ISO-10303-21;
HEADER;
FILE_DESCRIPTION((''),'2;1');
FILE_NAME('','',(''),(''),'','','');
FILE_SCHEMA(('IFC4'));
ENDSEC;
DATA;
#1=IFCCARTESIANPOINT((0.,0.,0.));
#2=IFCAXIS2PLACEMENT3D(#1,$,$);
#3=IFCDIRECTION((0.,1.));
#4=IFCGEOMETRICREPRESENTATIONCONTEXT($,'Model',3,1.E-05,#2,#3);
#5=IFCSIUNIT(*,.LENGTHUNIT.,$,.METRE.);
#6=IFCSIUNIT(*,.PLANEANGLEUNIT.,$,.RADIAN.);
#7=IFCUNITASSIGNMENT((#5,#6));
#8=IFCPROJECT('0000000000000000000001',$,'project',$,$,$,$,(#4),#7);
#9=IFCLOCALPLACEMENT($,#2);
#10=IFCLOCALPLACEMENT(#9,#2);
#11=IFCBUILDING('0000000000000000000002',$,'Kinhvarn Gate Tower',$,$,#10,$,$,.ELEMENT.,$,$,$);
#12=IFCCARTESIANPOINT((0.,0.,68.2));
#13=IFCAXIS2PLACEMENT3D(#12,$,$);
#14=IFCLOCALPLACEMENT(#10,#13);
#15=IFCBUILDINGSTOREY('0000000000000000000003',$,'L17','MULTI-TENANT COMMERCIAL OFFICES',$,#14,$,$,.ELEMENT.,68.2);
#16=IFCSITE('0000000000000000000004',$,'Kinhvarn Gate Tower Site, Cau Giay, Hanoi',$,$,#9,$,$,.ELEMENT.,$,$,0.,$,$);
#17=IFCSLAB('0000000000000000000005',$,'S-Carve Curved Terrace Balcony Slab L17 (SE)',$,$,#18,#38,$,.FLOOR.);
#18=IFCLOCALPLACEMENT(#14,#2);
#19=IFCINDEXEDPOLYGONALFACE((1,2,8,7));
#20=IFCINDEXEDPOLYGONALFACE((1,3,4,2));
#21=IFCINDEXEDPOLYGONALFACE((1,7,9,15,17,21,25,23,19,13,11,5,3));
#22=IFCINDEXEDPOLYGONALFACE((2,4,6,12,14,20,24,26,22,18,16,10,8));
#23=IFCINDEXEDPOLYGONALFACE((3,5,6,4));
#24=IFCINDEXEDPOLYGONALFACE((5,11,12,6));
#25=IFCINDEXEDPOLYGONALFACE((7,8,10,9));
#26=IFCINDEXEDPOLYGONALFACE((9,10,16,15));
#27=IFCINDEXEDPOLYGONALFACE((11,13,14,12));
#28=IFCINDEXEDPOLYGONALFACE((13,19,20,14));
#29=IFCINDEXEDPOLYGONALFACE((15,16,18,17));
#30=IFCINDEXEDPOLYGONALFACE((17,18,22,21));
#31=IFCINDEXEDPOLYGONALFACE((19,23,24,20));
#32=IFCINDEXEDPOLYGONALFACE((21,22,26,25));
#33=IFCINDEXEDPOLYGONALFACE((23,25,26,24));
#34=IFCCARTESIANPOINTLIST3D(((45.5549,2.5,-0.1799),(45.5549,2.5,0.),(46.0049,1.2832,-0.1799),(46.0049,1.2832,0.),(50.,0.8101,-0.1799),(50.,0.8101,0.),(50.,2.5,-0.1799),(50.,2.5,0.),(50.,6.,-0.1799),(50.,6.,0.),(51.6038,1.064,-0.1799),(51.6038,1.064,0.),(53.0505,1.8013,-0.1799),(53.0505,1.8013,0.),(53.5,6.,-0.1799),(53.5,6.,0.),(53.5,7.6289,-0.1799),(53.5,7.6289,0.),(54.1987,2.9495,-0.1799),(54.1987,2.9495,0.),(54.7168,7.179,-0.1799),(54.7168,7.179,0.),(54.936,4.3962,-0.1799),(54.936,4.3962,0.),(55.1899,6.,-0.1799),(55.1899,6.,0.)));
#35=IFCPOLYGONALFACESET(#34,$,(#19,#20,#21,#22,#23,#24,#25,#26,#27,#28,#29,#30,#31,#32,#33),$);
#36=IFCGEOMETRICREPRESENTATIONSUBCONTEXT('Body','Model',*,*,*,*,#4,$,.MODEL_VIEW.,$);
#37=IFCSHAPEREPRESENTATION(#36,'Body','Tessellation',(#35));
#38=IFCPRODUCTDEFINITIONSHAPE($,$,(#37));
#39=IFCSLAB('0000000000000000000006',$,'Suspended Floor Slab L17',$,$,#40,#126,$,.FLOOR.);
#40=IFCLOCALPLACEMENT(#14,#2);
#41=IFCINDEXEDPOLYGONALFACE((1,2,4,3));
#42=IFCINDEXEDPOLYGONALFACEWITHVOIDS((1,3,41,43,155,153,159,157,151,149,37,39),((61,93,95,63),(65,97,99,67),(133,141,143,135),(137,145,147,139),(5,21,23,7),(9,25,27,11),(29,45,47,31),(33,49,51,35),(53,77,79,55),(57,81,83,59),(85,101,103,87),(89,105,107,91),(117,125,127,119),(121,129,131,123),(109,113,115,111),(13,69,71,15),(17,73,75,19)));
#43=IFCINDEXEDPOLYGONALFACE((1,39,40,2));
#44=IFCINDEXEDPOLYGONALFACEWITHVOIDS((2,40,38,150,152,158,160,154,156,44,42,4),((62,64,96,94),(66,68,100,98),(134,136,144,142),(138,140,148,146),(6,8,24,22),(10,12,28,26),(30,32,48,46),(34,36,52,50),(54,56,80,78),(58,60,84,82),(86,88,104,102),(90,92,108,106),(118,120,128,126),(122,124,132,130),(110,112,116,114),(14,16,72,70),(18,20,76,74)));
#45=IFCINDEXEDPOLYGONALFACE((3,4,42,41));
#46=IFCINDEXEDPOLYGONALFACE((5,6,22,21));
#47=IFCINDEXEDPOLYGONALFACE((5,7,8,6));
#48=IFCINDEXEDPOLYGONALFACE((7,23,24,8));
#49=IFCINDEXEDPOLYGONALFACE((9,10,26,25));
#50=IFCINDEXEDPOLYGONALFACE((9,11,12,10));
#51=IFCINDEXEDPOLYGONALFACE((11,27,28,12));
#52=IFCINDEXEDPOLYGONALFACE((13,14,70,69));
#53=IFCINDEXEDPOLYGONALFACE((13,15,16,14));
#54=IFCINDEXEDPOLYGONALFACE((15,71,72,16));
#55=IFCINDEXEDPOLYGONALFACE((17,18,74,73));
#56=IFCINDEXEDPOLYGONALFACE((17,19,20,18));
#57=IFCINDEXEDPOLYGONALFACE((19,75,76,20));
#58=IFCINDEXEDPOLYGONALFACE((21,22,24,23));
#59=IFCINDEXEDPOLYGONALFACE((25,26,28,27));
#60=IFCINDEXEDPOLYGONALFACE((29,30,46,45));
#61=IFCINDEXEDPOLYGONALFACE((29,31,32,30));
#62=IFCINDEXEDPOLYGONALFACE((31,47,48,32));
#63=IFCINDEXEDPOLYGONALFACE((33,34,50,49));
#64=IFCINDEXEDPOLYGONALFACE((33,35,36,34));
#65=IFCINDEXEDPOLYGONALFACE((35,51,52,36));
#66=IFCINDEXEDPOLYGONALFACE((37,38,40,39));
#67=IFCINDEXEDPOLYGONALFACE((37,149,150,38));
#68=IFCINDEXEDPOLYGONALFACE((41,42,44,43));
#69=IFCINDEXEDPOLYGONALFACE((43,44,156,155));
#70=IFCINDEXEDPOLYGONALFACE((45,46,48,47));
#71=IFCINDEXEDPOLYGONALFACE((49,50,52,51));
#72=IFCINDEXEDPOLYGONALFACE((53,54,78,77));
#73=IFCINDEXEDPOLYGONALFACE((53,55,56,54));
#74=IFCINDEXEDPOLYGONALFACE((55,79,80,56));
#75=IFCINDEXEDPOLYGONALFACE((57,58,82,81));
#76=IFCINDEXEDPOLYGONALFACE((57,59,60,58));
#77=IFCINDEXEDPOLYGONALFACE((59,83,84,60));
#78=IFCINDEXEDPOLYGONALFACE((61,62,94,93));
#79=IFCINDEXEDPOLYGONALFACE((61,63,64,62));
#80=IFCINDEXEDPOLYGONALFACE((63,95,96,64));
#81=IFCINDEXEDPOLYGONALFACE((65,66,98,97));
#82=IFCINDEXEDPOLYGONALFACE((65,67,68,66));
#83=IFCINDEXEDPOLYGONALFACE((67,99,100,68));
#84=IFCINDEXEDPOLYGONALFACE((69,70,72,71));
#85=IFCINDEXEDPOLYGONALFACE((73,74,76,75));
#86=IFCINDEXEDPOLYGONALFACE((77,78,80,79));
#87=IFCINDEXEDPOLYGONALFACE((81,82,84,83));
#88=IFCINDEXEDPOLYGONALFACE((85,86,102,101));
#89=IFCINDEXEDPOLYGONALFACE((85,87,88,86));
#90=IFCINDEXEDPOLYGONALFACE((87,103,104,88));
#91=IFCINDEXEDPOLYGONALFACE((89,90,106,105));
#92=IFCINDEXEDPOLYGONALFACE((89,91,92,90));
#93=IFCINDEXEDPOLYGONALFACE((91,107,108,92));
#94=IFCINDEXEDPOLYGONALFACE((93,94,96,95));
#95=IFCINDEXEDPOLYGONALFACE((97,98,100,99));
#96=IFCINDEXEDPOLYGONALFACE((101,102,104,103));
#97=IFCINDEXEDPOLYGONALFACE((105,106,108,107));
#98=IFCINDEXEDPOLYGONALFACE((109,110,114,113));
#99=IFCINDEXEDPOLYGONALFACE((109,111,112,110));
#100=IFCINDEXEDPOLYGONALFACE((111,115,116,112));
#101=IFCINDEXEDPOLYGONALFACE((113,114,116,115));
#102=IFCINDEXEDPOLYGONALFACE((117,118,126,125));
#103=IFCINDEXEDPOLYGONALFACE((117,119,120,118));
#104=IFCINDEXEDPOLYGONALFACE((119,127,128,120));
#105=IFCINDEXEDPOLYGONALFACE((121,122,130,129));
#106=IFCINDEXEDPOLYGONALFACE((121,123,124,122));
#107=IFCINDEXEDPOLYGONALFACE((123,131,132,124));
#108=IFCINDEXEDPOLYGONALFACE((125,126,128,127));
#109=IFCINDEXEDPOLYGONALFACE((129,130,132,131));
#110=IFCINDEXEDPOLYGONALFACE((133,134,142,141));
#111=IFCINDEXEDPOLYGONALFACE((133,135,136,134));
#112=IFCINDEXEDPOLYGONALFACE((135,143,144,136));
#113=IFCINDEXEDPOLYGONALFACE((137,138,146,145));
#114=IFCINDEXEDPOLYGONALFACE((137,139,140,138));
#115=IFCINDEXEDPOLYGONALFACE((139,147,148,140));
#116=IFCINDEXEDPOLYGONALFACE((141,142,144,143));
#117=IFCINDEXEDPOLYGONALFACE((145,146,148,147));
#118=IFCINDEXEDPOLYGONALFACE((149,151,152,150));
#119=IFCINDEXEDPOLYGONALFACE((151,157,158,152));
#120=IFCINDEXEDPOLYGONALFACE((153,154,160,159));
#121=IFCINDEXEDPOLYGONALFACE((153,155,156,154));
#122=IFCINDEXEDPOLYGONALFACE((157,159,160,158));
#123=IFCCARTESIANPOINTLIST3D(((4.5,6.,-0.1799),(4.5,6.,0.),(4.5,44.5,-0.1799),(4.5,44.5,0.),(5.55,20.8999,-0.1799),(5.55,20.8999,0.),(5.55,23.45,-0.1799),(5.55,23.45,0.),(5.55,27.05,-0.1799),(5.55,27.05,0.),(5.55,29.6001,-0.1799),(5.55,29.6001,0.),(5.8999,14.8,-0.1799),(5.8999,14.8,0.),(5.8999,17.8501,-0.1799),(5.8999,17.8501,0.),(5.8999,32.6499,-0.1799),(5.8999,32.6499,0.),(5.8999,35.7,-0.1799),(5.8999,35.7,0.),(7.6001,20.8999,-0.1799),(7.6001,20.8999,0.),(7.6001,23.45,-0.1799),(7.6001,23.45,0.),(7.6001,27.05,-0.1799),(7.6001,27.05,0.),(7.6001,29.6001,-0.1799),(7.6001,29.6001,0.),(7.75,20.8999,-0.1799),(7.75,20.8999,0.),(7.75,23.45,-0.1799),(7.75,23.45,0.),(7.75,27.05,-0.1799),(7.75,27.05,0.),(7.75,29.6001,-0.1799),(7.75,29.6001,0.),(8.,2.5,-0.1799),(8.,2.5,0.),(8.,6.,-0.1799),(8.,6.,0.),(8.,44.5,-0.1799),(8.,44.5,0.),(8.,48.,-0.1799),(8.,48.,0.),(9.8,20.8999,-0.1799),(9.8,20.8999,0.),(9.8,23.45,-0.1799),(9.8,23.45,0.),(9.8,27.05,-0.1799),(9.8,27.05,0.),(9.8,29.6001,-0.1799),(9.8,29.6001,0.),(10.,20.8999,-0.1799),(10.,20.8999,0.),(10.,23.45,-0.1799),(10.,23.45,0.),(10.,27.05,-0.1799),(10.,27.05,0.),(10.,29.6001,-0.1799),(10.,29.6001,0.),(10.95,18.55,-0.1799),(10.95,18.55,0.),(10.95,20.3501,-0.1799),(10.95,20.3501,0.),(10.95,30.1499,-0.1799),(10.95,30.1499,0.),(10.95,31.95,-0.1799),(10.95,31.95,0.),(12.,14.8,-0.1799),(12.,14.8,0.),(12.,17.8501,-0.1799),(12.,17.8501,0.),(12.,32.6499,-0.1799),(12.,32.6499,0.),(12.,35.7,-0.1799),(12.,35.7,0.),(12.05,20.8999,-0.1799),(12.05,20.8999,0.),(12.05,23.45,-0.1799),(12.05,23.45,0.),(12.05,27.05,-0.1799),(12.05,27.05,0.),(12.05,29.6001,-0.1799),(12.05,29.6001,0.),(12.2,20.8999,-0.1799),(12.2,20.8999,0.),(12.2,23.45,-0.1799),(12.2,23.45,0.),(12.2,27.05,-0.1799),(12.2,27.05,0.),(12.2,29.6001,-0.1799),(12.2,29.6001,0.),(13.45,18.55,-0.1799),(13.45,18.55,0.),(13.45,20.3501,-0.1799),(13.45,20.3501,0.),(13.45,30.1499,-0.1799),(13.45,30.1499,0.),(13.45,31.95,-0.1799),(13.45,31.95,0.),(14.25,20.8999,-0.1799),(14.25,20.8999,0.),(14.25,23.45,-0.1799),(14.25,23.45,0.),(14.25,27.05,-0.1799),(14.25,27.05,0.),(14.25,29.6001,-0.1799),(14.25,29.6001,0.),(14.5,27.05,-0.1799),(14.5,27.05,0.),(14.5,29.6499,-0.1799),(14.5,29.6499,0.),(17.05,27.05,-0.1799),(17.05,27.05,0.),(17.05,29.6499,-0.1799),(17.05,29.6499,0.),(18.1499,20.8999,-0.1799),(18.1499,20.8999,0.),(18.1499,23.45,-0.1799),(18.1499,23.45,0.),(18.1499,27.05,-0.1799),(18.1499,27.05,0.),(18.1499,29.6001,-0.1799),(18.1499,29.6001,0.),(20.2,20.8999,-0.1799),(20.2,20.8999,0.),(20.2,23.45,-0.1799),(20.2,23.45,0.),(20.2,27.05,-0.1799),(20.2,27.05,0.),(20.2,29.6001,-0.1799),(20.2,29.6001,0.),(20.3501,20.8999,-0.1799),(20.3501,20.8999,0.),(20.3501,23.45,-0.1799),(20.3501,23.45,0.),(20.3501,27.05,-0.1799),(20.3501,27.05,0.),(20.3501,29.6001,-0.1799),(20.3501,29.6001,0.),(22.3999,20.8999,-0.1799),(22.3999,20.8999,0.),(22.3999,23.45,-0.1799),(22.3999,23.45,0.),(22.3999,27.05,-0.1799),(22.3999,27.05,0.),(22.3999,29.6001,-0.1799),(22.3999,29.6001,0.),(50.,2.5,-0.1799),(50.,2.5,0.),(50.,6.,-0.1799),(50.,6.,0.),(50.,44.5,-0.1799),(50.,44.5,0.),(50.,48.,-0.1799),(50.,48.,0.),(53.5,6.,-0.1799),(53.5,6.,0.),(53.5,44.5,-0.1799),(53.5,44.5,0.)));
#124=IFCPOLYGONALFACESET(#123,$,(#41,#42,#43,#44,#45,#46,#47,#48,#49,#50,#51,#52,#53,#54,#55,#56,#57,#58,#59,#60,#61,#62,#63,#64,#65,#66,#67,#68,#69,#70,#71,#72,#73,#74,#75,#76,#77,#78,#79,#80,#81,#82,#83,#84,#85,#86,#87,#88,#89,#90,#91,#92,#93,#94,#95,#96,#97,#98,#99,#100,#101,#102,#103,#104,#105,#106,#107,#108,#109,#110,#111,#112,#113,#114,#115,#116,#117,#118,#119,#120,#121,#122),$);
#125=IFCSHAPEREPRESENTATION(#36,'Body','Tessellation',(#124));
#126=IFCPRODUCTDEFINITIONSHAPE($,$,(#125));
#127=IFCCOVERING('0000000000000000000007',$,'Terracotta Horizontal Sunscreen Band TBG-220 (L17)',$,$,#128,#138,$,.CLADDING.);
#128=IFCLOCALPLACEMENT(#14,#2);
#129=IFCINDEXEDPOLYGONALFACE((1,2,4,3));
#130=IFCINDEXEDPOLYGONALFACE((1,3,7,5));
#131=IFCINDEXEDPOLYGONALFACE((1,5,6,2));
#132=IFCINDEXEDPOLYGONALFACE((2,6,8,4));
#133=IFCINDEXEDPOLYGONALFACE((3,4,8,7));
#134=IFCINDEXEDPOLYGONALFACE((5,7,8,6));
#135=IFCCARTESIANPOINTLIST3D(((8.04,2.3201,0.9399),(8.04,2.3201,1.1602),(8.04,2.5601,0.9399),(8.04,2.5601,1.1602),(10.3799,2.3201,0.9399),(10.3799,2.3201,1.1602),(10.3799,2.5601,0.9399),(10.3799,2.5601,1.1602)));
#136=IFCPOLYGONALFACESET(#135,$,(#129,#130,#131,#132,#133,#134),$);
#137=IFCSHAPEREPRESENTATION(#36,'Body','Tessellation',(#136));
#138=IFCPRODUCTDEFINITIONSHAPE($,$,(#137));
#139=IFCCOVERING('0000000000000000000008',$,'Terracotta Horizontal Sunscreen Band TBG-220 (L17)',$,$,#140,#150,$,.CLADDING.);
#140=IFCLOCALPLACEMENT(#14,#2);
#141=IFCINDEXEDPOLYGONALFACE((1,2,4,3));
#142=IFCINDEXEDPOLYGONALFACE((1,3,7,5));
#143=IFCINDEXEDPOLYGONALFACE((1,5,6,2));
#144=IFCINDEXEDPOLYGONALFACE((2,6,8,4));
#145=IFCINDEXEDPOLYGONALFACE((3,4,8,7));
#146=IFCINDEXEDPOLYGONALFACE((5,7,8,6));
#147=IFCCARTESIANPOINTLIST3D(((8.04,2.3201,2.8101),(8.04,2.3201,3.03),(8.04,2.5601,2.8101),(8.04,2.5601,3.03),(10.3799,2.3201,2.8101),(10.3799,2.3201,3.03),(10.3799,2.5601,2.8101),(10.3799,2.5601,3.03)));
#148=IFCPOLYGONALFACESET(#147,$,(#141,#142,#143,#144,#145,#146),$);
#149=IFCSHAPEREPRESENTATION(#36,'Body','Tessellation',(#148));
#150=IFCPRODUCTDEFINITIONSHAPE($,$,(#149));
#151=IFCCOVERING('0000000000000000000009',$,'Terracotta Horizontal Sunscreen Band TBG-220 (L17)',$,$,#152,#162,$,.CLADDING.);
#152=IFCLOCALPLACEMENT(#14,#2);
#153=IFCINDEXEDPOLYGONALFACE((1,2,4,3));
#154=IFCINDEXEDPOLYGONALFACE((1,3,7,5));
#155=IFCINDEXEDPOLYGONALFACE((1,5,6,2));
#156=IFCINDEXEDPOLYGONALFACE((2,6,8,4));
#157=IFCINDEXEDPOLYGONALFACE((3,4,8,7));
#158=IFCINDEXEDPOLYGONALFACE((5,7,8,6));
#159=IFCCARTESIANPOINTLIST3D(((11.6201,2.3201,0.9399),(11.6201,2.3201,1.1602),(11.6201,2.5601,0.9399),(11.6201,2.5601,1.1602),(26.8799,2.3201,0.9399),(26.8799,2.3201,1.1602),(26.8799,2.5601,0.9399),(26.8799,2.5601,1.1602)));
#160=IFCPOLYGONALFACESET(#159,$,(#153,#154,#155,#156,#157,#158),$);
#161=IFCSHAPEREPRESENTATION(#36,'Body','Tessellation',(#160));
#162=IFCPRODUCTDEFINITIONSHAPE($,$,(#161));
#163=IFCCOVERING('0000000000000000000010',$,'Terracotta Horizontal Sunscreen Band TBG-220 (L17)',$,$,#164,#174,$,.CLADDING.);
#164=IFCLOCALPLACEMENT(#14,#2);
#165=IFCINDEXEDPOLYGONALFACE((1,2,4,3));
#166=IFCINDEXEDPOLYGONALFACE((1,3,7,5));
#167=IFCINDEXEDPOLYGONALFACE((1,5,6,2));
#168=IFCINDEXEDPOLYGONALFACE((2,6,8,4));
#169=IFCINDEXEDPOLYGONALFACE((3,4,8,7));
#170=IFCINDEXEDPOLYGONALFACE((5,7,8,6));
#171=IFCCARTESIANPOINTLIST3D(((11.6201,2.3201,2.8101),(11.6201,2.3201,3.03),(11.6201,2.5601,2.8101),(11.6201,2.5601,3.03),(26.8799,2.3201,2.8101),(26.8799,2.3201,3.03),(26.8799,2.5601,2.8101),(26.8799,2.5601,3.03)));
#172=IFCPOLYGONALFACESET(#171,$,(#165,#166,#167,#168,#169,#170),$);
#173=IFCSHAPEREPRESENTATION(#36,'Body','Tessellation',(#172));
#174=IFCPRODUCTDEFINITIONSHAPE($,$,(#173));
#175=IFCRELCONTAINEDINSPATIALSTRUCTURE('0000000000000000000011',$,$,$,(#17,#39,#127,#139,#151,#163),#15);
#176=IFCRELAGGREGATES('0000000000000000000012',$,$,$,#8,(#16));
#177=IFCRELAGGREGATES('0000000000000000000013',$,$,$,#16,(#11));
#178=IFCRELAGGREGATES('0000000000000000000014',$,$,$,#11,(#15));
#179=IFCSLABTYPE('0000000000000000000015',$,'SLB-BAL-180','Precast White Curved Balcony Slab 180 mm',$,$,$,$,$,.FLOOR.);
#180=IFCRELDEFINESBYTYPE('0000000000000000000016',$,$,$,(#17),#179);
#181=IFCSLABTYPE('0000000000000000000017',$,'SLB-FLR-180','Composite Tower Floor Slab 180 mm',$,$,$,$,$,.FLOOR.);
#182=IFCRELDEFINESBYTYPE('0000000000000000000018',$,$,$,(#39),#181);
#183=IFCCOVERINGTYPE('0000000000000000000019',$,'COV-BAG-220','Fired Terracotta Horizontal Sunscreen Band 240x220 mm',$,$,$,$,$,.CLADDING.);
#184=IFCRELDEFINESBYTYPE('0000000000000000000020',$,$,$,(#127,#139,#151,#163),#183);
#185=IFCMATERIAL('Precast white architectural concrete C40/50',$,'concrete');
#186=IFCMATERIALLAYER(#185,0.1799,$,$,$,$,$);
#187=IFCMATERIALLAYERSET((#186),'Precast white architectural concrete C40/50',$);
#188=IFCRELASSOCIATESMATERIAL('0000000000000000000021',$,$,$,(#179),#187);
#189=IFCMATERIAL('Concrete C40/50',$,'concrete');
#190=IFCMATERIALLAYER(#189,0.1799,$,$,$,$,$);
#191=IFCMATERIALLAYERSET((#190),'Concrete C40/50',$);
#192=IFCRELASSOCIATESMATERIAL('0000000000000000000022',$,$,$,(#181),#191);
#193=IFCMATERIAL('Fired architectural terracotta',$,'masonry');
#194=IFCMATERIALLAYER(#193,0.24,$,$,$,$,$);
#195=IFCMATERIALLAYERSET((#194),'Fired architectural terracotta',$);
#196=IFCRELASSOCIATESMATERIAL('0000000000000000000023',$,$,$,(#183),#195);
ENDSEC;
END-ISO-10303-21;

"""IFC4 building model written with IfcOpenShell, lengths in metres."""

from ifc_helpers import new_model, si_unit, direction, frame, origin, place, context, subcontext, project, spatial, polyline, outline, extrude, material, layer, layer_set, type_object, element, save


model = new_model("IFC4")

# Units and contexts
model_context = context("Model", 3, precision=1e-05, world=origin(), true_north=direction((0.0, 1.0)))
body_context = subcontext(model_context, "Body", "Model", "MODEL_VIEW")
ifc_project = project(units=[si_unit("LENGTHUNIT", "METRE"), si_unit("PLANEANGLEUNIT", "RADIAN")], contexts=[model_context])

# Site, building, storey
site_placement = place(None, origin())
site = spatial("IfcSite", under=ifc_project, at=site_placement, Name="Kinhvarn Gate Tower Site, Cau Giay, Hanoi", CompositionType="ELEMENT", RefElevation=0.0)
building_placement = place(site_placement, origin())
building = spatial("IfcBuilding", under=site, at=building_placement, Name="Kinhvarn Gate Tower", CompositionType="ELEMENT")
storey_placement = place(building_placement, frame((0.0, 0.0, 68.2)))
storey = spatial("IfcBuildingStorey", under=building, at=storey_placement, Name="L17", Description="MULTI-TENANT COMMERCIAL OFFICES", CompositionType="ELEMENT", Elevation=68.2)

# Slabs
ifc_material_1 = material(Name="Precast white architectural concrete C40/50", Category="concrete")
ifc_layer_1 = layer(ifc_material_1, 0.1799)
ifc_layer_set_1 = layer_set([ifc_layer_1], Name="Precast white architectural concrete C40/50")
slab_type_1 = type_object("IfcSlabType", Name="SLB-BAL-180", Description="Precast White Curved Balcony Slab 180 mm", PredefinedType="FLOOR", material=ifc_layer_set_1)
slab_1_placement = place(storey_placement, frame((0.0, 0.0, -0.1799)))
element("IfcSlab", 1, at=slab_1_placement, inside=storey, type_object=slab_type_1, Name="S-Carve Curved Terrace Balcony Slab L17 (SE)", PredefinedType="FLOOR", context=body_context, shape_type="SweptSolid", body=[
    extrude(outline(polyline([(45.5549, 2.5), (46.0049, 1.2832), (50.0, 0.8101), (51.6038, 1.064), (53.0505, 1.8013), (54.1987, 2.9495), (54.936, 4.3962), (55.1899, 6.0), (54.7168, 7.179), (53.5, 7.6289), (53.5, 6.0), (50.0, 6.0), (50.0, 2.5), (45.5549, 2.5)])), origin(), (0.0, 0.0, 1.0), 0.1799),
])
ifc_material_2 = material(Name="Concrete C40/50", Category="concrete")
ifc_layer_2 = layer(ifc_material_2, 0.1799)
ifc_layer_set_2 = layer_set([ifc_layer_2], Name="Concrete C40/50")
slab_type_2 = type_object("IfcSlabType", Name="SLB-FLR-180", Description="Composite Tower Floor Slab 180 mm", PredefinedType="FLOOR", material=ifc_layer_set_2)
slab_2_placement = place(storey_placement, frame((0.0, 0.0, -0.1799)))
element("IfcSlab", 2, at=slab_2_placement, inside=storey, type_object=slab_type_2, Name="Suspended Floor Slab L17", PredefinedType="FLOOR", context=body_context, shape_type="SweptSolid", body=[
    extrude(outline(polyline([(8.0, 2.5), (50.0, 2.5), (50.0, 6.0), (53.5, 6.0), (53.5, 44.5), (50.0, 44.5), (50.0, 48.0), (8.0, 48.0), (8.0, 44.5), (4.5, 44.5), (4.5, 6.0), (8.0, 6.0), (8.0, 2.5)]), holes=[polyline([(5.8999, 14.8), (12.0, 14.8), (12.0, 17.8501), (5.8999, 17.8501), (5.8999, 14.8)]), polyline([(5.8999, 32.6499), (12.0, 32.6499), (12.0, 35.7), (5.8999, 35.7), (5.8999, 32.6499)]), polyline([(18.1499, 20.8999), (20.2, 20.8999), (20.2, 23.45), (18.1499, 23.45), (18.1499, 20.8999)]), polyline([(20.3501, 20.8999), (22.3999, 20.8999), (22.3999, 23.45), (20.3501, 23.45), (20.3501, 20.8999)]), polyline([(18.1499, 27.05), (20.2, 27.05), (20.2, 29.6001), (18.1499, 29.6001), (18.1499, 27.05)]), polyline([(20.3501, 27.05), (22.3999, 27.05), (22.3999, 29.6001), (20.3501, 29.6001), (20.3501, 27.05)]), polyline([(5.55, 20.8999), (7.6001, 20.8999), (7.6001, 23.45), (5.55, 23.45), (5.55, 20.8999)]), polyline([(7.75, 20.8999), (9.8, 20.8999), (9.8, 23.45), (7.75, 23.45), (7.75, 20.8999)]), polyline([(5.55, 27.05), (7.6001, 27.05), (7.6001, 29.6001), (5.55, 29.6001), (5.55, 27.05)]), polyline([(7.75, 27.05), (9.8, 27.05), (9.8, 29.6001), (7.75, 29.6001), (7.75, 27.05)]), polyline([(10.0, 20.8999), (12.05, 20.8999), (12.05, 23.45), (10.0, 23.45), (10.0, 20.8999)]), polyline([(12.2, 20.8999), (14.25, 20.8999), (14.25, 23.45), (12.2, 23.45), (12.2, 20.8999)]), polyline([(10.0, 27.05), (12.05, 27.05), (12.05, 29.6001), (10.0, 29.6001), (10.0, 27.05)]), polyline([(12.2, 27.05), (14.25, 27.05), (14.25, 29.6001), (12.2, 29.6001), (12.2, 27.05)]), polyline([(14.5, 27.05), (17.05, 27.05), (17.05, 29.6499), (14.5, 29.6499), (14.5, 27.05)]), polyline([(10.95, 18.55), (13.45, 18.55), (13.45, 20.3501), (10.95, 20.3501), (10.95, 18.55)]), polyline([(10.95, 30.1499), (13.45, 30.1499), (13.45, 31.95), (10.95, 31.95), (10.95, 30.1499)])]), origin(), (0.0, 0.0, 1.0), 0.1799),
])

# Coverings
ifc_material_3 = material(Name="Fired architectural terracotta", Category="masonry")
ifc_layer_3 = layer(ifc_material_3, 0.24)
ifc_layer_set_3 = layer_set([ifc_layer_3], Name="Fired architectural terracotta")
covering_type_1 = type_object("IfcCoveringType", Name="COV-BAG-220", Description="Fired Terracotta Horizontal Sunscreen Band 240x220 mm", PredefinedType="CLADDING", material=ifc_layer_set_3)
covering_1_placement = place(storey_placement, frame((0.0, 0.0, 0.9399)))
element("IfcCovering", 3, at=covering_1_placement, inside=storey, type_object=covering_type_1, Name="Terracotta Horizontal Sunscreen Band TBG-220 (L17)", PredefinedType="CLADDING", context=body_context, shape_type="SweptSolid", body=[
    extrude(outline(polyline([(8.04, 2.5601), (10.3799, 2.5601), (10.3799, 2.3201), (8.04, 2.3201), (8.04, 2.5601)])), origin(), (0.0, 0.0, 1.0), 0.2202),
])
covering_2_placement = place(storey_placement, frame((0.0, 0.0, 2.8101)))
element("IfcCovering", 4, at=covering_2_placement, inside=storey, type_object=covering_type_1, Name="Terracotta Horizontal Sunscreen Band TBG-220 (L17)", PredefinedType="CLADDING", context=body_context, shape_type="SweptSolid", body=[
    extrude(outline(polyline([(8.04, 2.5601), (10.3799, 2.5601), (10.3799, 2.3201), (8.04, 2.3201), (8.04, 2.5601)])), origin(), (0.0, 0.0, 1.0), 0.22),
])
covering_3_placement = place(storey_placement, frame((0.0, 0.0, 0.9399)))
element("IfcCovering", 5, at=covering_3_placement, inside=storey, type_object=covering_type_1, Name="Terracotta Horizontal Sunscreen Band TBG-220 (L17)", PredefinedType="CLADDING", context=body_context, shape_type="SweptSolid", body=[
    extrude(outline(polyline([(11.6201, 2.5601), (26.8799, 2.5601), (26.8799, 2.3201), (11.6201, 2.3201), (11.6201, 2.5601)])), origin(), (0.0, 0.0, 1.0), 0.2202),
])
covering_4_placement = place(storey_placement, frame((0.0, 0.0, 2.8101)))
element("IfcCovering", 6, at=covering_4_placement, inside=storey, type_object=covering_type_1, Name="Terracotta Horizontal Sunscreen Band TBG-220 (L17)", PredefinedType="CLADDING", context=body_context, shape_type="SweptSolid", body=[
    extrude(outline(polyline([(11.6201, 2.5601), (26.8799, 2.5601), (26.8799, 2.3201), (11.6201, 2.3201), (11.6201, 2.5601)])), origin(), (0.0, 0.0, 1.0), 0.22),
])

save(model, "model.ifc")
